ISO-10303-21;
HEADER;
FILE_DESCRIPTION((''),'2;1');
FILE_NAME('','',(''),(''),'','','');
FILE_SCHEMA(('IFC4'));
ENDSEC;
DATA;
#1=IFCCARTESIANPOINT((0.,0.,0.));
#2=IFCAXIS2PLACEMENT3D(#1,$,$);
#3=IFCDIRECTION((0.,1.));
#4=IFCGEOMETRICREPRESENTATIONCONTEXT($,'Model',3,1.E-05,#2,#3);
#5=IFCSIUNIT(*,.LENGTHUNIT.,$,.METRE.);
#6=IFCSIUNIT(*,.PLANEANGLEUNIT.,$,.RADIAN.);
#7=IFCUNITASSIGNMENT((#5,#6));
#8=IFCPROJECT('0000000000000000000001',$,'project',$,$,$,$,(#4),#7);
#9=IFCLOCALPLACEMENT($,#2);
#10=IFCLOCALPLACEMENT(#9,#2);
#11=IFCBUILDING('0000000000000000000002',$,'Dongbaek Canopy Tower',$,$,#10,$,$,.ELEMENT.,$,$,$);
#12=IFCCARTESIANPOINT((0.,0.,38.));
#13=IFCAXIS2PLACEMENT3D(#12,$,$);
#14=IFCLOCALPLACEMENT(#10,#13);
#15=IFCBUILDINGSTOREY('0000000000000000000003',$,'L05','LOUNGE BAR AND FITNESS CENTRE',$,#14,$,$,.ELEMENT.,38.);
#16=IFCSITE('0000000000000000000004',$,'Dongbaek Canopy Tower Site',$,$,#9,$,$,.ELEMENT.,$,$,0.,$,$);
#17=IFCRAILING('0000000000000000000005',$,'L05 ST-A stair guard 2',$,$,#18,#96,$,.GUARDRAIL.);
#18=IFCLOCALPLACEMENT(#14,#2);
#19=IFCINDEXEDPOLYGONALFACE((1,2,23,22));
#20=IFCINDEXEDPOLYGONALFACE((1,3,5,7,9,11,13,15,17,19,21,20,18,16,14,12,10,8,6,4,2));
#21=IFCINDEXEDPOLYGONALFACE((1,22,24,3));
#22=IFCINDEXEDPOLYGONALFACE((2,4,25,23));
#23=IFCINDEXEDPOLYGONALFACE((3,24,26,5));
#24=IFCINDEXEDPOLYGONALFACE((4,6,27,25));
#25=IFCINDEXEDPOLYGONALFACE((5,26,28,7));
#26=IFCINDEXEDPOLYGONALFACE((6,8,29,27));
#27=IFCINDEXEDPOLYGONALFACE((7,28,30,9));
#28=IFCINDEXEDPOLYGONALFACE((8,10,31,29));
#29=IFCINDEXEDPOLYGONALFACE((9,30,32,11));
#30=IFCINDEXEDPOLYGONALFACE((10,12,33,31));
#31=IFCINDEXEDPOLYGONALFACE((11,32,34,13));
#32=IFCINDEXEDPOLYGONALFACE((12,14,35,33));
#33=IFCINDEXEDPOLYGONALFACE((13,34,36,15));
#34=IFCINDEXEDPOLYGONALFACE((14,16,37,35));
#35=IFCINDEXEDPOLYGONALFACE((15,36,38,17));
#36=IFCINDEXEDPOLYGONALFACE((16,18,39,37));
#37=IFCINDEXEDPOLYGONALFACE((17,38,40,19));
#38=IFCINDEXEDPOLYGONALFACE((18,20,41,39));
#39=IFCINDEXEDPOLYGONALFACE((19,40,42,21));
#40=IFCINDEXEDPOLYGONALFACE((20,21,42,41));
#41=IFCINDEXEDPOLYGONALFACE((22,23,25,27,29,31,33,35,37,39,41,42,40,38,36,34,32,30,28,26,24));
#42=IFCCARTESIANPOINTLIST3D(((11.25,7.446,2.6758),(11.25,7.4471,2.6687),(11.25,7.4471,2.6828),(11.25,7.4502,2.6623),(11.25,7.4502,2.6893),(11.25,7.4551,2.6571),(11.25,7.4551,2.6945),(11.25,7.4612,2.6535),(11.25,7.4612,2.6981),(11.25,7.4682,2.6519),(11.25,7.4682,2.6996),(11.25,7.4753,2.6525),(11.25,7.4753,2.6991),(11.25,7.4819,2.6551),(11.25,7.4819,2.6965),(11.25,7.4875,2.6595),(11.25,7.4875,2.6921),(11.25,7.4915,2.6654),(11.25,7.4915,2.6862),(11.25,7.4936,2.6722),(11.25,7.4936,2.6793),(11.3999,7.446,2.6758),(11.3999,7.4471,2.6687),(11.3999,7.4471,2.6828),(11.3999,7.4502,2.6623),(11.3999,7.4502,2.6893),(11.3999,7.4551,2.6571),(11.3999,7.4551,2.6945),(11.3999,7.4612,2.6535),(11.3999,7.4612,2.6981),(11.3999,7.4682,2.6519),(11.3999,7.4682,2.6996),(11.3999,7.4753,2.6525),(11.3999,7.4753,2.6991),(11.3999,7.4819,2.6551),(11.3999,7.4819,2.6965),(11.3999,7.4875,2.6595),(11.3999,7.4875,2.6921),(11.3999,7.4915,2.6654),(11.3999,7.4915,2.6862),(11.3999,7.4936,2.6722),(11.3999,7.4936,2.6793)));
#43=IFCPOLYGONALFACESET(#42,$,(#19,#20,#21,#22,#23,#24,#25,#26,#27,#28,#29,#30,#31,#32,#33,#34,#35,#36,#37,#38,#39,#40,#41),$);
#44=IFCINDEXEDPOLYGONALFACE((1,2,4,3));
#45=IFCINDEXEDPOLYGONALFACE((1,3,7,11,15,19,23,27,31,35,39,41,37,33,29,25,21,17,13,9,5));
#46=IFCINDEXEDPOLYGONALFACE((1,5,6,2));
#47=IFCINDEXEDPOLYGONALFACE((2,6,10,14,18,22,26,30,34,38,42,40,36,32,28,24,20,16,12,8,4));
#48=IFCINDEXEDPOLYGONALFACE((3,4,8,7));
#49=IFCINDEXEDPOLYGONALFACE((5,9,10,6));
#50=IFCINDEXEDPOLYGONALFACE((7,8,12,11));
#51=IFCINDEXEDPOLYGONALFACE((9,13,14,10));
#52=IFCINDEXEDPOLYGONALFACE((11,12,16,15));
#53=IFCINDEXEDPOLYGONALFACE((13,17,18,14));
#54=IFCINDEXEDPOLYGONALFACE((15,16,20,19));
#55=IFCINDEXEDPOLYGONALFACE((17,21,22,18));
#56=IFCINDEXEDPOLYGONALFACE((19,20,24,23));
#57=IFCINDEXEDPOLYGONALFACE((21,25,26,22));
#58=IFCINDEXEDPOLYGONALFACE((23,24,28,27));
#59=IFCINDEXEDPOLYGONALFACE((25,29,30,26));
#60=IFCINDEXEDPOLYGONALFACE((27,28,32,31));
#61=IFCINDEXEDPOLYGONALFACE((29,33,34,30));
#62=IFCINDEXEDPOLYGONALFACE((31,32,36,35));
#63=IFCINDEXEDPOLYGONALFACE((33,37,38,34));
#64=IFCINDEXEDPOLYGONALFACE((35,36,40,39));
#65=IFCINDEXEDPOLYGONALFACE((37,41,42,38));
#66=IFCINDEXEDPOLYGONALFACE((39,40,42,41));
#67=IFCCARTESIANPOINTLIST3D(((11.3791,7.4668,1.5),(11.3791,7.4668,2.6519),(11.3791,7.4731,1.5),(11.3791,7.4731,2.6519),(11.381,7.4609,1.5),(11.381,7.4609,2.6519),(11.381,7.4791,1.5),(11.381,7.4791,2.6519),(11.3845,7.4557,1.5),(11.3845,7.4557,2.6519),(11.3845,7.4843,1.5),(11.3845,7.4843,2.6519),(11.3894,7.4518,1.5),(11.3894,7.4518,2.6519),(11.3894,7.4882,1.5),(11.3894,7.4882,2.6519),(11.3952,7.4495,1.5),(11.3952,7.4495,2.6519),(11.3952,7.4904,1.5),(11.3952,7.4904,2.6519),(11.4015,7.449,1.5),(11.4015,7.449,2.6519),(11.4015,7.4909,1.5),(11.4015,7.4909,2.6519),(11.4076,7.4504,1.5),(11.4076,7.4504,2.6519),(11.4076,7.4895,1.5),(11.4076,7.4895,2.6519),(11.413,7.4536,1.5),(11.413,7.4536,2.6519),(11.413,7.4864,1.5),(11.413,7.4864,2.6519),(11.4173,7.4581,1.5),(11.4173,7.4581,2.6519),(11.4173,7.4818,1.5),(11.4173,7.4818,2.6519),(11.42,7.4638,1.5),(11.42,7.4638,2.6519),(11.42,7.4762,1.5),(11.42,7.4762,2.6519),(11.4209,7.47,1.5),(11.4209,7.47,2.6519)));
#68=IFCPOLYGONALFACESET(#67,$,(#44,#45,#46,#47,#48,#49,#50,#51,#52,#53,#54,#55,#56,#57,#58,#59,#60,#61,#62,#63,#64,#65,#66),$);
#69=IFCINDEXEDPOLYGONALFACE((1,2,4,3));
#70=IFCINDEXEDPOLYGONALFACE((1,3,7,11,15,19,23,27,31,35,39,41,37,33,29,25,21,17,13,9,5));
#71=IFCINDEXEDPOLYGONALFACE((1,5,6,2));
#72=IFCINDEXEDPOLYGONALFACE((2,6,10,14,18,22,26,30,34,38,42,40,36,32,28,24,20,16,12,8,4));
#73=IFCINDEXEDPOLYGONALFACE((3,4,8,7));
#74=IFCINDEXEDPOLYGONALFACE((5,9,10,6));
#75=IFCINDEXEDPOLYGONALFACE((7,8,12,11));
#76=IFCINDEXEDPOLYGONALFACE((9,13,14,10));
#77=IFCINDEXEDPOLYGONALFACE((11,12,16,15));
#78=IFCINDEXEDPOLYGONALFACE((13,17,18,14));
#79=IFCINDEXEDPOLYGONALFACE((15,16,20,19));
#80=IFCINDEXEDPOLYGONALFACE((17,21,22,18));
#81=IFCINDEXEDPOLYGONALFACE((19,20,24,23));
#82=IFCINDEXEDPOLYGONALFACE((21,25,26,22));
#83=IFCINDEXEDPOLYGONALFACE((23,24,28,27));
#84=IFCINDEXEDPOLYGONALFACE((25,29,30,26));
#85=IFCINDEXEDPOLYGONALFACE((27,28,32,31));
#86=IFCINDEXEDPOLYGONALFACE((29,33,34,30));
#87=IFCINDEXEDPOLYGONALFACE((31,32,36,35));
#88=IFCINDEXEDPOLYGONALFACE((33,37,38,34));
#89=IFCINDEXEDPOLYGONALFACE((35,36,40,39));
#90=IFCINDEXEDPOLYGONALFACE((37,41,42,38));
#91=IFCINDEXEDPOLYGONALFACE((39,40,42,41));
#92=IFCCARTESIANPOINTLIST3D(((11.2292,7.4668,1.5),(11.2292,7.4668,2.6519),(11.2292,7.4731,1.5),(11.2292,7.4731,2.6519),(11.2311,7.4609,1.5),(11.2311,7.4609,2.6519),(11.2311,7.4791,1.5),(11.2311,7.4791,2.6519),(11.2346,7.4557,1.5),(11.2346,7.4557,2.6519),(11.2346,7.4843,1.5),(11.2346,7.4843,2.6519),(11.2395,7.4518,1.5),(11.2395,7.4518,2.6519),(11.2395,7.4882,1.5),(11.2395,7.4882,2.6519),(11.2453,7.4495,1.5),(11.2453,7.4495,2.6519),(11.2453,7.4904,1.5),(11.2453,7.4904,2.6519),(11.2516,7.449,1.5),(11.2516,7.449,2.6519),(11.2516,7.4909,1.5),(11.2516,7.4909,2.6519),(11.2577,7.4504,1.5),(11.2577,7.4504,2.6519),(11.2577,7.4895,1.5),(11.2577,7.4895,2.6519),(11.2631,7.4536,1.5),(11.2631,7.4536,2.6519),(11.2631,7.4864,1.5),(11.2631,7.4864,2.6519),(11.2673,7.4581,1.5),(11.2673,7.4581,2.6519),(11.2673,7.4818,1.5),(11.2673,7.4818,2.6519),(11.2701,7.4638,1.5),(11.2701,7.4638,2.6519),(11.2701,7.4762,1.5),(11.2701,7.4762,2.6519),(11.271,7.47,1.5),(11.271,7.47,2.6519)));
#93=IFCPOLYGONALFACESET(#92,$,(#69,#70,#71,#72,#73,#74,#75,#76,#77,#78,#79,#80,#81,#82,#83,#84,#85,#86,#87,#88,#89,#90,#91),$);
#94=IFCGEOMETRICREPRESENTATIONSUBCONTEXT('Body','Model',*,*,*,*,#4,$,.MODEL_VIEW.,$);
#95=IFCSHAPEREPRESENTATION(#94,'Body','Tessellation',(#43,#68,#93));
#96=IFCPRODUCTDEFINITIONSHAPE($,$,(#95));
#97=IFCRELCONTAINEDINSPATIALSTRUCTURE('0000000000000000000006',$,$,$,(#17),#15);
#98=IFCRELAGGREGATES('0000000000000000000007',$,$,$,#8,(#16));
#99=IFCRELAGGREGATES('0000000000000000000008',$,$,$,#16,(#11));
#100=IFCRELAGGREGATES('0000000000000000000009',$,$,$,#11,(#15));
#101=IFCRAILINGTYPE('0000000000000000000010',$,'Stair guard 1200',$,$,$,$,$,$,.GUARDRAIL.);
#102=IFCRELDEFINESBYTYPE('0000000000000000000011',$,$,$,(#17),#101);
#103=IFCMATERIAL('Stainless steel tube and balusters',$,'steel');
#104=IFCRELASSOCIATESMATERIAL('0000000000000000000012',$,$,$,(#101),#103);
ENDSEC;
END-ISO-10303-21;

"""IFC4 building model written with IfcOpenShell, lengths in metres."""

from ifc_helpers import new_model, si_unit, direction, frame, origin, origin_2d, place, context, subcontext, project, spatial, circle, extrude, material, type_object, element, save


model = new_model("IFC4")

# Units and contexts
model_context = context("Model", 3, precision=1e-05, world=origin(), true_north=direction((0.0, 1.0)))
body_context = subcontext(model_context, "Body", "Model", "MODEL_VIEW")
ifc_project = project(units=[si_unit("LENGTHUNIT", "METRE"), si_unit("PLANEANGLEUNIT", "RADIAN")], contexts=[model_context])

# Site, building, storey
site_placement = place(None, origin())
site = spatial("IfcSite", under=ifc_project, at=site_placement, Name="Dongbaek Canopy Tower Site", CompositionType="ELEMENT", RefElevation=0.0)
building_placement = place(site_placement, origin())
building = spatial("IfcBuilding", under=site, at=building_placement, Name="Dongbaek Canopy Tower", CompositionType="ELEMENT")
storey_placement = place(building_placement, frame((0.0, 0.0, 38.0)))
storey = spatial("IfcBuildingStorey", under=building, at=storey_placement, Name="L05", Description="LOUNGE BAR AND FITNESS CENTRE", CompositionType="ELEMENT", Elevation=38.0)

# Railing
ifc_material_1 = material(Name="Stainless steel tube and balusters", Category="steel")
railing_type_1 = type_object("IfcRailingType", Name="Stair guard 1200", PredefinedType="GUARDRAIL", material=ifc_material_1)
railing_1_placement = place(storey_placement, frame((11.3999, 7.47, 1.5)))
element("IfcRailing", 1, at=railing_1_placement, inside=storey, type_object=railing_type_1, Name="L05 ST-A stair guard 2", PredefinedType="GUARDRAIL", context=body_context, shape_type="SweptSolid", body=[
    extrude(circle(Radius=0.0239, at=origin_2d()), frame((0.0, 0.0, 1.1758), z_axis=(-1.0, 0.0, 0.0), x_axis=(0.0, -1.0, 0.0)), (0.0, 0.0, 1.0), 0.1499),
    extrude(circle(Radius=0.021, at=origin_2d()), origin(), (0.0, 0.0, 1.0), 1.1519),
    extrude(circle(Radius=0.021, at=origin_2d()), frame((-0.1499, 0.0, 0.0)), (0.0, 0.0, 1.0), 1.1519),
])

save(model, "model.ifc")
